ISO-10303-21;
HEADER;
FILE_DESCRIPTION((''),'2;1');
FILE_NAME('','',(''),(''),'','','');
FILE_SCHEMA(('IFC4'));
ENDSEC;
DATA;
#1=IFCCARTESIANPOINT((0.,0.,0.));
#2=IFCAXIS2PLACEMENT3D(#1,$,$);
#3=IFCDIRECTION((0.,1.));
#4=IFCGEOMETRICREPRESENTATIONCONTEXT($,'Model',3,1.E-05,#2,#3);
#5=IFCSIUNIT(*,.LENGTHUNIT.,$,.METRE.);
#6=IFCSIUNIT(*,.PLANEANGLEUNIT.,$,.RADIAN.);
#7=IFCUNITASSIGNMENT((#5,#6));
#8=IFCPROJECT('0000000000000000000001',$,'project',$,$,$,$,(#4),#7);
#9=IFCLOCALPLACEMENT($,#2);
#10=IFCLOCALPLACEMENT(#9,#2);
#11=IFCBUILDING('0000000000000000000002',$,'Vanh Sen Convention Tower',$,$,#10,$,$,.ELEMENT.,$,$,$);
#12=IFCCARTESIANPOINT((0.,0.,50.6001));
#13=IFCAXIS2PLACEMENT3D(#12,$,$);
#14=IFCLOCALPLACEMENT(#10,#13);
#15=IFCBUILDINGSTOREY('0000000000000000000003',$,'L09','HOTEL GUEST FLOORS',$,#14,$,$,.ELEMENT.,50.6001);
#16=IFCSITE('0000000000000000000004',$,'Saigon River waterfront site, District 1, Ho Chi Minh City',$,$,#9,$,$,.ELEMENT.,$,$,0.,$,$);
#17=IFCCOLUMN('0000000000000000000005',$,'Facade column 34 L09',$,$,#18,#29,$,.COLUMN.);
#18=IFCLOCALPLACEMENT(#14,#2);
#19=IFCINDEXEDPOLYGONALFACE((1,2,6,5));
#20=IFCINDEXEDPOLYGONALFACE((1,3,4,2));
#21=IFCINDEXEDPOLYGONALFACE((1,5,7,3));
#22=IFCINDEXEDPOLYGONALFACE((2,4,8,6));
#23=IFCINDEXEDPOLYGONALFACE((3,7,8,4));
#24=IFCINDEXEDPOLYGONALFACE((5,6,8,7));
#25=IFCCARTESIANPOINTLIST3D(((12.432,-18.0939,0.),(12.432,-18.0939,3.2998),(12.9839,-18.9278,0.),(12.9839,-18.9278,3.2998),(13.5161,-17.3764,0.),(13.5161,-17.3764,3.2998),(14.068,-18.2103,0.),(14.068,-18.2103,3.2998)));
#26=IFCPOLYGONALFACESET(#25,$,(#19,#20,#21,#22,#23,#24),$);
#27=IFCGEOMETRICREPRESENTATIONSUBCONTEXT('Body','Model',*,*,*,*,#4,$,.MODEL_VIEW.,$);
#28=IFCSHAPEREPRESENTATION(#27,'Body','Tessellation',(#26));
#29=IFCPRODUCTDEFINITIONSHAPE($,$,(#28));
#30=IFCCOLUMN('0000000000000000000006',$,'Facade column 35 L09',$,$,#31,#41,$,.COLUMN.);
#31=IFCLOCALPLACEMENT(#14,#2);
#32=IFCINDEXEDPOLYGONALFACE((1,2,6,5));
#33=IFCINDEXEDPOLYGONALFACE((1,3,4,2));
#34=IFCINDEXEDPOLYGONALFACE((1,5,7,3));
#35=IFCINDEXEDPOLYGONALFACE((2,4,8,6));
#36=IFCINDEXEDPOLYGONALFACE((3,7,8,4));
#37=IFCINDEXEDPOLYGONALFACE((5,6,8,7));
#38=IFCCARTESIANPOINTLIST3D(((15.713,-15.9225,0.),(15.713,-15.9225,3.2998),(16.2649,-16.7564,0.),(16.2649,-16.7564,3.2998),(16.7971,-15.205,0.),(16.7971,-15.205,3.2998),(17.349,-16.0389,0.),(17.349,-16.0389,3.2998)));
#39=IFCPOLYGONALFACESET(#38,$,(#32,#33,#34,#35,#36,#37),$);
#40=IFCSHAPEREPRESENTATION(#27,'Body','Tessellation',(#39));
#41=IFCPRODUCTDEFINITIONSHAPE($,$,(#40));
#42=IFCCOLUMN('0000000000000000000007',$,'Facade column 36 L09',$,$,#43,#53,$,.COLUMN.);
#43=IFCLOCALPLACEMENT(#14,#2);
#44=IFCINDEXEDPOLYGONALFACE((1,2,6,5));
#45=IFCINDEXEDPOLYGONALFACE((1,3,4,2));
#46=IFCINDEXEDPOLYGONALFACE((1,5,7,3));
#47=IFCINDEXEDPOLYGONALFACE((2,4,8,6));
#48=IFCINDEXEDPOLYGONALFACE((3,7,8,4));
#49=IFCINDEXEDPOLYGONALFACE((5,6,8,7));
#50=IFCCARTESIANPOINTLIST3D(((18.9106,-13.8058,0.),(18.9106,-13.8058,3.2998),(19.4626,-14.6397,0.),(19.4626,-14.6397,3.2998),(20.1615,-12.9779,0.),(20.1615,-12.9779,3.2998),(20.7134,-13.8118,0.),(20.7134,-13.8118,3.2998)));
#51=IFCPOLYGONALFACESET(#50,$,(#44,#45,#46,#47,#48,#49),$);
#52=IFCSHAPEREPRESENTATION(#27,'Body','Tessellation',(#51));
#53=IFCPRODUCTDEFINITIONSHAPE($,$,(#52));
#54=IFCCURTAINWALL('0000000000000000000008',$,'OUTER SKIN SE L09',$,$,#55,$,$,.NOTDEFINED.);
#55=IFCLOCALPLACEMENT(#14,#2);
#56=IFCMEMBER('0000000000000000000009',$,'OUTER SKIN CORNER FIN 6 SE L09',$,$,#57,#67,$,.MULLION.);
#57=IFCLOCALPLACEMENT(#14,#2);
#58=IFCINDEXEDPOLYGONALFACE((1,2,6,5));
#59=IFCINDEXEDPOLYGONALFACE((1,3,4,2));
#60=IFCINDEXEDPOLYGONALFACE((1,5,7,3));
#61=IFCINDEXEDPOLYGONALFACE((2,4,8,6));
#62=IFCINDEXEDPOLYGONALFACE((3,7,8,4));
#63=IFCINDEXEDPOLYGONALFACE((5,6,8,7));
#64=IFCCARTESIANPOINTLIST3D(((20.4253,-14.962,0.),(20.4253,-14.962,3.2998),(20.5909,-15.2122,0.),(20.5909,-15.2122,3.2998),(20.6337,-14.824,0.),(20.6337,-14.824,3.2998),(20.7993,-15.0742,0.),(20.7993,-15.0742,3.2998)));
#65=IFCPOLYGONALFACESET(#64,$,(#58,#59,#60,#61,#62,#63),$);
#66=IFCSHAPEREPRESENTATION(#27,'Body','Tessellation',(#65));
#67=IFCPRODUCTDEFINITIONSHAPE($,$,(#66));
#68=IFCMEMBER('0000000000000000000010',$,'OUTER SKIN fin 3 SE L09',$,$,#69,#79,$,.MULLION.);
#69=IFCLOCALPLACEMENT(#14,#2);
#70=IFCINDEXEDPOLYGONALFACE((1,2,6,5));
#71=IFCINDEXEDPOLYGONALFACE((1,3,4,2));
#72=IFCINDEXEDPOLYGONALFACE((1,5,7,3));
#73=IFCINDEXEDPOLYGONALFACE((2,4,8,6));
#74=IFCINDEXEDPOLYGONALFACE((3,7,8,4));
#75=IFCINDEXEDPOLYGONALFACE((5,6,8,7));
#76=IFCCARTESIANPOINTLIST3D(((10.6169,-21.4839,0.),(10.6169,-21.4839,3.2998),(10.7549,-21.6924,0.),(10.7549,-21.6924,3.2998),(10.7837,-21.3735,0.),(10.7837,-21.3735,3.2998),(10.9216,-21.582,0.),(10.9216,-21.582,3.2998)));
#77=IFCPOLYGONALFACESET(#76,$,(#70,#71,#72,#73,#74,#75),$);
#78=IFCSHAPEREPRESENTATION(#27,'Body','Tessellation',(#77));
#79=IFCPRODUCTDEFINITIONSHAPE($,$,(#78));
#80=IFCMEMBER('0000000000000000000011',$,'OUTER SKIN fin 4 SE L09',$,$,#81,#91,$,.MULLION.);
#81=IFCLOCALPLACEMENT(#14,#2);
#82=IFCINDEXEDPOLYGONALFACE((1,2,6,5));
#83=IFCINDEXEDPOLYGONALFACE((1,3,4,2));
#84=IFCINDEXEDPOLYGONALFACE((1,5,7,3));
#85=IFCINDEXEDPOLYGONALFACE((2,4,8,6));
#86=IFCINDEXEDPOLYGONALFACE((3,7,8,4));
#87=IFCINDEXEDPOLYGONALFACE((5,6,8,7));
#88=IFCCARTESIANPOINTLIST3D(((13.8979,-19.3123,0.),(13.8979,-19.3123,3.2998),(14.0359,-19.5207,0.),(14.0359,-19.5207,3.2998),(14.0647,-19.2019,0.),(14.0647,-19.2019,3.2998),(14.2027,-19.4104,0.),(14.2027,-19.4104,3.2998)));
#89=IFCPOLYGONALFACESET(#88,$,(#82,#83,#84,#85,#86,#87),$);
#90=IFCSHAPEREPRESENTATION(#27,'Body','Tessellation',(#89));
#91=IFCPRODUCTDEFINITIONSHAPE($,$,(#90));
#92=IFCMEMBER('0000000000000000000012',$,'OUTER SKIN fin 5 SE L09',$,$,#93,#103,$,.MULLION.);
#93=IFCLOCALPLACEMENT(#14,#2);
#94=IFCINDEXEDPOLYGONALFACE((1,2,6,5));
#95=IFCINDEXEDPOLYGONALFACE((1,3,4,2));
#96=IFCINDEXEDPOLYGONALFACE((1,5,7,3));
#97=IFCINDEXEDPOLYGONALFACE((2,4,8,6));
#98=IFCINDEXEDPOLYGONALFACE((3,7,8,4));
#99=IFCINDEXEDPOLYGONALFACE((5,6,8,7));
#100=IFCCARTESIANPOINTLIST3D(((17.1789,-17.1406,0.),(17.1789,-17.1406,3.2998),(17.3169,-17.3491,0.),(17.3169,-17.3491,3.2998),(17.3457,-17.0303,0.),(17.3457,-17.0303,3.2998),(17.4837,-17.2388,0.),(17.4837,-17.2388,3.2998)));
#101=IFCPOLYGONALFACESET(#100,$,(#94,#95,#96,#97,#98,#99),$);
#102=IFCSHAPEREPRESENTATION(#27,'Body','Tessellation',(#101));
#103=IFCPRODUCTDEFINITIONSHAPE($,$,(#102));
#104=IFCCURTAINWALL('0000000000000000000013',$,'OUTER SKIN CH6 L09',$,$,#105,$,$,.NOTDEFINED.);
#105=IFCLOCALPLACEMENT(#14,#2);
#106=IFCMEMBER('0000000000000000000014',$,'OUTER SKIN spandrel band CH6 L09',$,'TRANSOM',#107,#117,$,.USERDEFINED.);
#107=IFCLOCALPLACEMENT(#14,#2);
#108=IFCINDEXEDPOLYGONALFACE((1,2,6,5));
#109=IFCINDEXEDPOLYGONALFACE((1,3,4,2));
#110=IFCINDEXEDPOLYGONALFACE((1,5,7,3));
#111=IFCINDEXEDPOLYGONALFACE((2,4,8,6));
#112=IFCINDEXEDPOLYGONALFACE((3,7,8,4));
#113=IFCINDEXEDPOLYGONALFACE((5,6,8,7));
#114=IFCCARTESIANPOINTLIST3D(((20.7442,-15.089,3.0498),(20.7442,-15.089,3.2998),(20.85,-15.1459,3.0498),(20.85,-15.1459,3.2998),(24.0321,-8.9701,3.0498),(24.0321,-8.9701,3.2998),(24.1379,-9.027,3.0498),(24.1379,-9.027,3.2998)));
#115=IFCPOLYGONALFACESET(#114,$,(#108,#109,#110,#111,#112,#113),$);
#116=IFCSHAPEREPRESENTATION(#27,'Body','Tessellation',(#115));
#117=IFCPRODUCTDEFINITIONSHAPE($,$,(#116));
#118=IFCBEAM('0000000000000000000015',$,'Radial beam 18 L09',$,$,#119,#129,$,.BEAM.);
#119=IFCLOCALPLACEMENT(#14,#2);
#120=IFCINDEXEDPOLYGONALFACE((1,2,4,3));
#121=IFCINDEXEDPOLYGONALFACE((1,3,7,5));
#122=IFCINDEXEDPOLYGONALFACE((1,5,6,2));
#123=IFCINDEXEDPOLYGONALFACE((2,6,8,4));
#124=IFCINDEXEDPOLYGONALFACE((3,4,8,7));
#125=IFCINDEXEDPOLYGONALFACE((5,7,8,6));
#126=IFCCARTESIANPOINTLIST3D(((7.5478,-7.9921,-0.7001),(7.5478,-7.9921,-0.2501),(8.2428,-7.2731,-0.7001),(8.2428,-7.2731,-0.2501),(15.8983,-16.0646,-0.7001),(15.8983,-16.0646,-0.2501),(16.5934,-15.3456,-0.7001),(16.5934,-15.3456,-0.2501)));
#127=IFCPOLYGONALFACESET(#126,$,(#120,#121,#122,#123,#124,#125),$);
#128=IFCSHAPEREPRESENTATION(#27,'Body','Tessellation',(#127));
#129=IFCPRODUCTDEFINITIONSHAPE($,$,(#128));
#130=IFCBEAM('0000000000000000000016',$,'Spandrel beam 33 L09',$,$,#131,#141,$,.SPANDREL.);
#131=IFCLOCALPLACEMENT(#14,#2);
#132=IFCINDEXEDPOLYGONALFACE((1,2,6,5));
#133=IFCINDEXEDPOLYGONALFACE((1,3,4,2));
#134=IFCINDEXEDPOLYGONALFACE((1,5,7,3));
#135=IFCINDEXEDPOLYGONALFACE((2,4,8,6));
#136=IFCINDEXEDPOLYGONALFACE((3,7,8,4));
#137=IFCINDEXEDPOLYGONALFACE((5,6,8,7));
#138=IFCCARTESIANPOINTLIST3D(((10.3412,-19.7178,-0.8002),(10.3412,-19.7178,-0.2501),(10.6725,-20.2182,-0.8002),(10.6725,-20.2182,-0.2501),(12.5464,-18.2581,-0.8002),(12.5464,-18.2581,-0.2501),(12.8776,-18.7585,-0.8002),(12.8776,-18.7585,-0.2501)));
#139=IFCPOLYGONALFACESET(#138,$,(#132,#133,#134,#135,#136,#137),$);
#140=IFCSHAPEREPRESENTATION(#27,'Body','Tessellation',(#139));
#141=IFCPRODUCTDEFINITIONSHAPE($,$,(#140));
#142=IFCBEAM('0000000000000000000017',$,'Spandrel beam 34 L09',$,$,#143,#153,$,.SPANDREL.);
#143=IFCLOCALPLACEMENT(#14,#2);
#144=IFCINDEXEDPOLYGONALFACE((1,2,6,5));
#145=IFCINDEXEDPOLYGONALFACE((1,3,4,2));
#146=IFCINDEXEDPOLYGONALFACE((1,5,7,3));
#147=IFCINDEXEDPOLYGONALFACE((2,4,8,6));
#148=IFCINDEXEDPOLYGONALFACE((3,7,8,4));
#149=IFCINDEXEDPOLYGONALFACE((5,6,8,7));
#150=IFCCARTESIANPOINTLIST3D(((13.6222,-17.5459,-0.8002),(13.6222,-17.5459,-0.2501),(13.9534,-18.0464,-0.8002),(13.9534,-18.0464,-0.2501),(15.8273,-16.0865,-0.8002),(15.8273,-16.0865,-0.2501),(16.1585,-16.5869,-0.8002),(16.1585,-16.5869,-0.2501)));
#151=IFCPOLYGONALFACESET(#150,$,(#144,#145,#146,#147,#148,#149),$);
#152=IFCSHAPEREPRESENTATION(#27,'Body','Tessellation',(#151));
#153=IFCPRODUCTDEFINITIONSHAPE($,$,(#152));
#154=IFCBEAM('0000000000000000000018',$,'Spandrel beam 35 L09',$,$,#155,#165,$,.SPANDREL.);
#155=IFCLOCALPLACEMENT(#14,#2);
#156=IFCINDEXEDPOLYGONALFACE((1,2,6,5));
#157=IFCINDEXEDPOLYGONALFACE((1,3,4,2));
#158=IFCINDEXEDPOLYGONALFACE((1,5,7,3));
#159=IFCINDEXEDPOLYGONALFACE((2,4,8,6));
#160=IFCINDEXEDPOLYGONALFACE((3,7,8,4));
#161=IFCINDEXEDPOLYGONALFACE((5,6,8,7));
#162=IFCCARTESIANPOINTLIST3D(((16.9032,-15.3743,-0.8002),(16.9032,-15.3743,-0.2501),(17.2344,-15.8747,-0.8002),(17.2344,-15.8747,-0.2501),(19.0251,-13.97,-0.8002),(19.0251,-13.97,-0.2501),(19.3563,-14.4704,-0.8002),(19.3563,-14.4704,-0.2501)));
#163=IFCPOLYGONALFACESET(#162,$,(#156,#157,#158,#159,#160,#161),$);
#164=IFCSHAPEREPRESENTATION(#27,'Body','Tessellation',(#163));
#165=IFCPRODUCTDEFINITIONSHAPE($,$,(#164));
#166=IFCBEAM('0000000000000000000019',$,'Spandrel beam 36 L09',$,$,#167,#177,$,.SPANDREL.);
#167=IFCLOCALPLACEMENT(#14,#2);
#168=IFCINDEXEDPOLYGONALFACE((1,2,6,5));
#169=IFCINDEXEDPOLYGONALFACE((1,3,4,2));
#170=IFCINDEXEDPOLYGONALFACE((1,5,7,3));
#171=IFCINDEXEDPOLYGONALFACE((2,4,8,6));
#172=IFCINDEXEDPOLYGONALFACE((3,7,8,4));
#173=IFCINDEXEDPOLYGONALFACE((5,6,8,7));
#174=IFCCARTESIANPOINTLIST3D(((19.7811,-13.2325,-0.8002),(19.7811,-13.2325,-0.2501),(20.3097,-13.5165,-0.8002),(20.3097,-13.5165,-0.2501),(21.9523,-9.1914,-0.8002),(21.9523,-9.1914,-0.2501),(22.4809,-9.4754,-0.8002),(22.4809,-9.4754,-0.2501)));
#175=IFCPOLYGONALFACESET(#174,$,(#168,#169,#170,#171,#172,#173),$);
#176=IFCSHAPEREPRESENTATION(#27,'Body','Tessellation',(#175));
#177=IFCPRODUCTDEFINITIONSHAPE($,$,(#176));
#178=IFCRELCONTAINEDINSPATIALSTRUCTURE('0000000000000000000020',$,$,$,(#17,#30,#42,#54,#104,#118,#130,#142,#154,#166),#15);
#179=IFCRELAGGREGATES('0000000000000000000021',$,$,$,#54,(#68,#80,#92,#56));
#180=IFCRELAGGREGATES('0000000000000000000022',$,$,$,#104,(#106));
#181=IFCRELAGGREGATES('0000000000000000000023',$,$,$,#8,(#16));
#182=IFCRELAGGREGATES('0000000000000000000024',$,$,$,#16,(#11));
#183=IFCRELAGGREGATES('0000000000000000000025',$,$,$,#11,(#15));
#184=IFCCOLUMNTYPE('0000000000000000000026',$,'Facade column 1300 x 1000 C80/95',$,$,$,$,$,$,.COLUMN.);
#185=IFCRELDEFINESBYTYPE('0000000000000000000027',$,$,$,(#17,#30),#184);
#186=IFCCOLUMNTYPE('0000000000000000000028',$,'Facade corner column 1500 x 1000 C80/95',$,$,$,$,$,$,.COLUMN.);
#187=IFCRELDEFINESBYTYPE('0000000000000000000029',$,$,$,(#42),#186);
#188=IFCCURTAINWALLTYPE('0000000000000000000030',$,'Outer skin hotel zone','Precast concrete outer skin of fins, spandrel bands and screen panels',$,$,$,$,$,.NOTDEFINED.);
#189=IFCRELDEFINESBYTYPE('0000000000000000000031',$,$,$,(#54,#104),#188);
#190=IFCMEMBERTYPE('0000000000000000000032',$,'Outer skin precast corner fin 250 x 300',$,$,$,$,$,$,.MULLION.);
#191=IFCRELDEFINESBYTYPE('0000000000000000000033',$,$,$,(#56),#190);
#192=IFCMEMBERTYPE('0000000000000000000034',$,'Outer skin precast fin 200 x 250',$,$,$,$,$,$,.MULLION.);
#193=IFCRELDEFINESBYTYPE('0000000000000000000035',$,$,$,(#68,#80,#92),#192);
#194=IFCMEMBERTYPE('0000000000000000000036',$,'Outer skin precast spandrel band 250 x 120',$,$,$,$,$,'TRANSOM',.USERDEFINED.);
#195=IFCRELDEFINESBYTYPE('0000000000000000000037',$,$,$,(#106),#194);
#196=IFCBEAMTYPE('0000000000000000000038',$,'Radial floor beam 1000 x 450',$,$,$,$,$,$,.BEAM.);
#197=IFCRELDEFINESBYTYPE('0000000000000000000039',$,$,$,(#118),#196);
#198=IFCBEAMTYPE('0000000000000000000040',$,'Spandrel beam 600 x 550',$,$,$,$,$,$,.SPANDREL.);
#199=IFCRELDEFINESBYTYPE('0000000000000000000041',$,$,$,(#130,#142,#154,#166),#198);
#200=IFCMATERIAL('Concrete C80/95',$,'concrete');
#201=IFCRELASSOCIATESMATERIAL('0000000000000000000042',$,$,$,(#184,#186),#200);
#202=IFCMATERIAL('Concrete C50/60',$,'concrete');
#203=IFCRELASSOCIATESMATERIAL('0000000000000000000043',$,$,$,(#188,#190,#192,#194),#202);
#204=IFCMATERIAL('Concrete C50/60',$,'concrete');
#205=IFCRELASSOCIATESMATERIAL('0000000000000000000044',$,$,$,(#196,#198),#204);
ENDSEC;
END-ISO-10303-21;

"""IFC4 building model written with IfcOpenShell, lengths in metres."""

from ifc_helpers import new_model, si_unit, direction, frame, origin, origin_2d, place, context, subcontext, project, spatial, rectangle, extrude, material, material_profile, profile_set, type_object, element, aggregate, save


model = new_model("IFC4")

# Units and contexts
model_context = context("Model", 3, precision=1e-05, world=origin(), true_north=direction((0.0, 1.0)))
body_context = subcontext(model_context, "Body", "Model", "MODEL_VIEW")
ifc_project = project(units=[si_unit("LENGTHUNIT", "METRE"), si_unit("PLANEANGLEUNIT", "RADIAN")], contexts=[model_context])

# Site, building, storey
site_placement = place(None, origin())
site = spatial("IfcSite", under=ifc_project, at=site_placement, Name="Saigon River waterfront site, District 1, Ho Chi Minh City", CompositionType="ELEMENT", RefElevation=0.0)
building_placement = place(site_placement, origin())
building = spatial("IfcBuilding", under=site, at=building_placement, Name="Vanh Sen Convention Tower", CompositionType="ELEMENT")
storey_placement = place(building_placement, frame((0.0, 0.0, 50.6001)))
storey = spatial("IfcBuildingStorey", under=building, at=storey_placement, Name="L09", Description="HOTEL GUEST FLOORS", CompositionType="ELEMENT", Elevation=50.6001)

# Columns
ifc_material_1 = material(Name="Concrete C80/95", Category="concrete")
ifc_material_profile_1 = material_profile(ifc_material_1, rectangle(XDim=1.3, YDim=1.0, at=origin_2d()), Name="RC 1300X1000")
ifc_profile_set_1 = profile_set([ifc_material_profile_1], Name="Concrete C80/95")
column_type_1 = type_object("IfcColumnType", Name="Facade column 1300 x 1000 C80/95", PredefinedType="COLUMN", material=ifc_profile_set_1)
for number, where, z_axis, x_axis, name in (
    (1, (13.25, -18.1521, 0.0), (0.0, 0.0, 1.0), (0.833886, 0.551937, 0.0), "Facade column 34 L09"),
    (2, (16.531, -15.9807, 0.0), (0.0, 0.0, 1.0), (0.833886, 0.551937, 0.0), "Facade column 35 L09"),
):
    element("IfcColumn", number, at=place(storey_placement, frame(where, z_axis=z_axis, x_axis=x_axis)), inside=storey, type_object=column_type_1, Name=name, PredefinedType="COLUMN", context=body_context, shape_type="SweptSolid", body=[
        extrude(rectangle(XDim=1.3, YDim=1.0, at=origin_2d()), origin(), (0.0, 0.0, 1.0), 3.2998),
    ])
ifc_material_profile_2 = material_profile(ifc_material_1, rectangle(XDim=1.5, YDim=1.0, at=origin_2d()), Name="RC 1500X1000")
ifc_profile_set_2 = profile_set([ifc_material_profile_2], Name="Concrete C80/95")
column_type_2 = type_object("IfcColumnType", Name="Facade corner column 1500 x 1000 C80/95", PredefinedType="COLUMN", material=ifc_profile_set_2)
column_placement = place(storey_placement, frame((19.812, -13.8088, 0.0), z_axis=(0.0, 0.0, 1.0), x_axis=(0.833886, 0.551937, 0.0)))
element("IfcColumn", 3, at=column_placement, inside=storey, type_object=column_type_2, Name="Facade column 36 L09", PredefinedType="COLUMN", context=body_context, shape_type="SweptSolid", body=[
    extrude(rectangle(XDim=1.5, YDim=1.0, at=origin_2d()), origin(), (0.0, 0.0, 1.0), 3.2998),
])

# Curtain wall, members
ifc_material_2 = material(Name="Concrete C50/60", Category="concrete")
curtain_wall_type = type_object("IfcCurtainWallType", Name="Outer skin hotel zone", Description="Precast concrete outer skin of fins, spandrel bands and screen panels", PredefinedType="NOTDEFINED", material=ifc_material_2)
curtain_wall_1_placement = place(storey_placement, origin())
curtain_wall_1 = element("IfcCurtainWall", 4, at=curtain_wall_1_placement, inside=storey, type_object=curtain_wall_type, Name="OUTER SKIN SE L09", PredefinedType="NOTDEFINED")
ifc_material_profile_3 = material_profile(ifc_material_2, rectangle(XDim=0.25, YDim=0.3, at=origin_2d()), Name="Outer skin precast corner fin 250 x 300")
ifc_profile_set_3 = profile_set([ifc_material_profile_3], Name="Concrete C50/60")
member_type_1 = type_object("IfcMemberType", Name="Outer skin precast corner fin 250 x 300", PredefinedType="MULLION", material=ifc_profile_set_3)
member_1_placement = place(storey_placement, frame((20.6123, -15.0181, 0.0), z_axis=(0.0, 0.0, 1.0), x_axis=(0.833886, 0.551937, 0.0)))
member_1 = element("IfcMember", 5, at=member_1_placement, type_object=member_type_1, Name="OUTER SKIN CORNER FIN 6 SE L09", PredefinedType="MULLION", context=body_context, shape_type="SweptSolid", body=[
    extrude(rectangle(XDim=0.25, YDim=0.3, at=origin_2d()), origin(), (0.0, 0.0, 1.0), 3.2998),
])
ifc_material_profile_4 = material_profile(ifc_material_2, rectangle(XDim=0.2, YDim=0.25, at=origin_2d()), Name="Outer skin precast fin 200 x 250")
ifc_profile_set_4 = profile_set([ifc_material_profile_4], Name="Concrete C50/60")
member_type_2 = type_object("IfcMemberType", Name="Outer skin precast fin 200 x 250", PredefinedType="MULLION", material=ifc_profile_set_4)
member_2_placement = place(storey_placement, frame((10.7693, -21.533, 0.0), z_axis=(0.0, 0.0, 1.0), x_axis=(0.833886, 0.551937, 0.0)))
member_2 = element("IfcMember", 6, at=member_2_placement, type_object=member_type_2, Name="OUTER SKIN fin 3 SE L09", PredefinedType="MULLION", context=body_context, shape_type="SweptSolid", body=[
    extrude(rectangle(XDim=0.2, YDim=0.25, at=origin_2d()), origin(), (0.0, 0.0, 1.0), 3.2998),
])
member_3_placement = place(storey_placement, frame((14.0503, -19.3613, 0.0), z_axis=(0.0, 0.0, 1.0), x_axis=(0.833886, 0.551937, 0.0)))
member_3 = element("IfcMember", 7, at=member_3_placement, type_object=member_type_2, Name="OUTER SKIN fin 4 SE L09", PredefinedType="MULLION", context=body_context, shape_type="SweptSolid", body=[
    extrude(rectangle(XDim=0.2, YDim=0.25, at=origin_2d()), origin(), (0.0, 0.0, 1.0), 3.2998),
])
member_4_placement = place(storey_placement, frame((17.3313, -17.1897, 0.0), z_axis=(0.0, 0.0, 1.0), x_axis=(0.833886, 0.551937, 0.0)))
member_4 = element("IfcMember", 8, at=member_4_placement, type_object=member_type_2, Name="OUTER SKIN fin 5 SE L09", PredefinedType="MULLION", context=body_context, shape_type="SweptSolid", body=[
    extrude(rectangle(XDim=0.2, YDim=0.25, at=origin_2d()), origin(), (0.0, 0.0, 1.0), 3.2998),
])

# Curtain wall, member
curtain_wall_2_placement = place(storey_placement, origin())
curtain_wall_2 = element("IfcCurtainWall", 9, at=curtain_wall_2_placement, inside=storey, type_object=curtain_wall_type, Name="OUTER SKIN CH6 L09", PredefinedType="NOTDEFINED")
ifc_material_profile_5 = material_profile(ifc_material_2, rectangle(XDim=0.1201, YDim=0.25, at=origin_2d()), Name="Outer skin precast spandrel band 250 x 120")
ifc_profile_set_5 = profile_set([ifc_material_profile_5], Name="Concrete C50/60")
member_type_3 = type_object("IfcMemberType", Name="Outer skin precast spandrel band 250 x 120", ElementType="TRANSOM", PredefinedType="USERDEFINED", material=ifc_profile_set_5)
member_5_placement = place(storey_placement, frame((20.7971, -15.1174, 3.1748), z_axis=(0.473324, 0.880888, 0.0), x_axis=(-0.880888, 0.473324, 0.0)))
member_5 = element("IfcMember", 10, at=member_5_placement, type_object=member_type_3, Name="OUTER SKIN spandrel band CH6 L09", ObjectType="TRANSOM", PredefinedType="USERDEFINED", context=body_context, shape_type="SweptSolid", body=[
    extrude(rectangle(XDim=0.1201, YDim=0.25, at=origin_2d()), origin(), (0.0, 0.0, 1.0), 6.9463),
])

# Beams
ifc_material_3 = material(Name="Concrete C50/60", Category="concrete")
ifc_material_profile_6 = material_profile(ifc_material_3, rectangle(XDim=1.0, YDim=0.45, at=origin_2d()), Name="RC 1000X450")
ifc_profile_set_6 = profile_set([ifc_material_profile_6], Name="Concrete C50/60")
beam_type_1 = type_object("IfcBeamType", Name="Radial floor beam 1000 x 450", PredefinedType="BEAM", material=ifc_profile_set_6)
beam_1_placement = place(storey_placement, frame((16.2458, -15.7051, -0.4751), z_axis=(-0.718976, 0.695034, 0.0), x_axis=(-0.695034, -0.718976, 0.0)))
element("IfcBeam", 11, at=beam_1_placement, inside=storey, type_object=beam_type_1, Name="Radial beam 18 L09", PredefinedType="BEAM", context=body_context, shape_type="SweptSolid", body=[
    extrude(rectangle(XDim=1.0, YDim=0.45, at=origin_2d()), origin(), (0.0, 0.0, 1.0), 11.6145),
])
ifc_material_profile_7 = material_profile(ifc_material_3, rectangle(XDim=0.6001, YDim=0.55, at=origin_2d()), Name="RC 600X550")
ifc_profile_set_7 = profile_set([ifc_material_profile_7], Name="Concrete C50/60")
beam_type_2 = type_object("IfcBeamType", Name="Spandrel beam 600 x 550", PredefinedType="SPANDREL", material=ifc_profile_set_7)
beam_2_placement = place(storey_placement, frame((10.5068, -19.968, -0.5251), z_axis=(0.83385, 0.551992, 0.0), x_axis=(-0.551992, 0.83385, 0.0)))
element("IfcBeam", 12, at=beam_2_placement, inside=storey, type_object=beam_type_2, Name="Spandrel beam 33 L09", PredefinedType="SPANDREL", context=body_context, shape_type="SweptSolid", body=[
    extrude(rectangle(XDim=0.6001, YDim=0.55, at=origin_2d()), origin(), (0.0, 0.0, 1.0), 2.6445),
])
beam_3_placement = place(storey_placement, frame((13.7878, -17.7961, -0.5251), z_axis=(0.833892, 0.551927, 0.0), x_axis=(-0.551927, 0.833892, 0.0)))
element("IfcBeam", 13, at=beam_3_placement, inside=storey, type_object=beam_type_2, Name="Spandrel beam 34 L09", PredefinedType="SPANDREL", context=body_context, shape_type="SweptSolid", body=[
    extrude(rectangle(XDim=0.6001, YDim=0.55, at=origin_2d()), origin(), (0.0, 0.0, 1.0), 2.6443),
])
beam_4_placement = place(storey_placement, frame((17.0688, -15.6245, -0.5251), z_axis=(0.833906, 0.551907, 0.0), x_axis=(-0.551907, 0.833906, 0.0)))
element("IfcBeam", 14, at=beam_4_placement, inside=storey, type_object=beam_type_2, Name="Spandrel beam 35 L09", PredefinedType="SPANDREL", context=body_context, shape_type="SweptSolid", body=[
    extrude(rectangle(XDim=0.6001, YDim=0.55, at=origin_2d()), origin(), (0.0, 0.0, 1.0), 2.5444),
])
beam_5_placement = place(storey_placement, frame((20.0454, -13.3745, -0.5251), z_axis=(0.47329, 0.880907, 0.0), x_axis=(-0.880907, 0.47329, 0.0)))
element("IfcBeam", 15, at=beam_5_placement, inside=storey, type_object=beam_type_2, Name="Spandrel beam 36 L09", PredefinedType="SPANDREL", context=body_context, shape_type="SweptSolid", body=[
    extrude(rectangle(XDim=0.6001, YDim=0.55, at=origin_2d()), origin(), (0.0, 0.0, 1.0), 4.5874),
])

aggregate(curtain_wall_1, [member_2, member_3, member_4, member_1])
aggregate(curtain_wall_2, [member_5])

save(model, "model.ifc")
